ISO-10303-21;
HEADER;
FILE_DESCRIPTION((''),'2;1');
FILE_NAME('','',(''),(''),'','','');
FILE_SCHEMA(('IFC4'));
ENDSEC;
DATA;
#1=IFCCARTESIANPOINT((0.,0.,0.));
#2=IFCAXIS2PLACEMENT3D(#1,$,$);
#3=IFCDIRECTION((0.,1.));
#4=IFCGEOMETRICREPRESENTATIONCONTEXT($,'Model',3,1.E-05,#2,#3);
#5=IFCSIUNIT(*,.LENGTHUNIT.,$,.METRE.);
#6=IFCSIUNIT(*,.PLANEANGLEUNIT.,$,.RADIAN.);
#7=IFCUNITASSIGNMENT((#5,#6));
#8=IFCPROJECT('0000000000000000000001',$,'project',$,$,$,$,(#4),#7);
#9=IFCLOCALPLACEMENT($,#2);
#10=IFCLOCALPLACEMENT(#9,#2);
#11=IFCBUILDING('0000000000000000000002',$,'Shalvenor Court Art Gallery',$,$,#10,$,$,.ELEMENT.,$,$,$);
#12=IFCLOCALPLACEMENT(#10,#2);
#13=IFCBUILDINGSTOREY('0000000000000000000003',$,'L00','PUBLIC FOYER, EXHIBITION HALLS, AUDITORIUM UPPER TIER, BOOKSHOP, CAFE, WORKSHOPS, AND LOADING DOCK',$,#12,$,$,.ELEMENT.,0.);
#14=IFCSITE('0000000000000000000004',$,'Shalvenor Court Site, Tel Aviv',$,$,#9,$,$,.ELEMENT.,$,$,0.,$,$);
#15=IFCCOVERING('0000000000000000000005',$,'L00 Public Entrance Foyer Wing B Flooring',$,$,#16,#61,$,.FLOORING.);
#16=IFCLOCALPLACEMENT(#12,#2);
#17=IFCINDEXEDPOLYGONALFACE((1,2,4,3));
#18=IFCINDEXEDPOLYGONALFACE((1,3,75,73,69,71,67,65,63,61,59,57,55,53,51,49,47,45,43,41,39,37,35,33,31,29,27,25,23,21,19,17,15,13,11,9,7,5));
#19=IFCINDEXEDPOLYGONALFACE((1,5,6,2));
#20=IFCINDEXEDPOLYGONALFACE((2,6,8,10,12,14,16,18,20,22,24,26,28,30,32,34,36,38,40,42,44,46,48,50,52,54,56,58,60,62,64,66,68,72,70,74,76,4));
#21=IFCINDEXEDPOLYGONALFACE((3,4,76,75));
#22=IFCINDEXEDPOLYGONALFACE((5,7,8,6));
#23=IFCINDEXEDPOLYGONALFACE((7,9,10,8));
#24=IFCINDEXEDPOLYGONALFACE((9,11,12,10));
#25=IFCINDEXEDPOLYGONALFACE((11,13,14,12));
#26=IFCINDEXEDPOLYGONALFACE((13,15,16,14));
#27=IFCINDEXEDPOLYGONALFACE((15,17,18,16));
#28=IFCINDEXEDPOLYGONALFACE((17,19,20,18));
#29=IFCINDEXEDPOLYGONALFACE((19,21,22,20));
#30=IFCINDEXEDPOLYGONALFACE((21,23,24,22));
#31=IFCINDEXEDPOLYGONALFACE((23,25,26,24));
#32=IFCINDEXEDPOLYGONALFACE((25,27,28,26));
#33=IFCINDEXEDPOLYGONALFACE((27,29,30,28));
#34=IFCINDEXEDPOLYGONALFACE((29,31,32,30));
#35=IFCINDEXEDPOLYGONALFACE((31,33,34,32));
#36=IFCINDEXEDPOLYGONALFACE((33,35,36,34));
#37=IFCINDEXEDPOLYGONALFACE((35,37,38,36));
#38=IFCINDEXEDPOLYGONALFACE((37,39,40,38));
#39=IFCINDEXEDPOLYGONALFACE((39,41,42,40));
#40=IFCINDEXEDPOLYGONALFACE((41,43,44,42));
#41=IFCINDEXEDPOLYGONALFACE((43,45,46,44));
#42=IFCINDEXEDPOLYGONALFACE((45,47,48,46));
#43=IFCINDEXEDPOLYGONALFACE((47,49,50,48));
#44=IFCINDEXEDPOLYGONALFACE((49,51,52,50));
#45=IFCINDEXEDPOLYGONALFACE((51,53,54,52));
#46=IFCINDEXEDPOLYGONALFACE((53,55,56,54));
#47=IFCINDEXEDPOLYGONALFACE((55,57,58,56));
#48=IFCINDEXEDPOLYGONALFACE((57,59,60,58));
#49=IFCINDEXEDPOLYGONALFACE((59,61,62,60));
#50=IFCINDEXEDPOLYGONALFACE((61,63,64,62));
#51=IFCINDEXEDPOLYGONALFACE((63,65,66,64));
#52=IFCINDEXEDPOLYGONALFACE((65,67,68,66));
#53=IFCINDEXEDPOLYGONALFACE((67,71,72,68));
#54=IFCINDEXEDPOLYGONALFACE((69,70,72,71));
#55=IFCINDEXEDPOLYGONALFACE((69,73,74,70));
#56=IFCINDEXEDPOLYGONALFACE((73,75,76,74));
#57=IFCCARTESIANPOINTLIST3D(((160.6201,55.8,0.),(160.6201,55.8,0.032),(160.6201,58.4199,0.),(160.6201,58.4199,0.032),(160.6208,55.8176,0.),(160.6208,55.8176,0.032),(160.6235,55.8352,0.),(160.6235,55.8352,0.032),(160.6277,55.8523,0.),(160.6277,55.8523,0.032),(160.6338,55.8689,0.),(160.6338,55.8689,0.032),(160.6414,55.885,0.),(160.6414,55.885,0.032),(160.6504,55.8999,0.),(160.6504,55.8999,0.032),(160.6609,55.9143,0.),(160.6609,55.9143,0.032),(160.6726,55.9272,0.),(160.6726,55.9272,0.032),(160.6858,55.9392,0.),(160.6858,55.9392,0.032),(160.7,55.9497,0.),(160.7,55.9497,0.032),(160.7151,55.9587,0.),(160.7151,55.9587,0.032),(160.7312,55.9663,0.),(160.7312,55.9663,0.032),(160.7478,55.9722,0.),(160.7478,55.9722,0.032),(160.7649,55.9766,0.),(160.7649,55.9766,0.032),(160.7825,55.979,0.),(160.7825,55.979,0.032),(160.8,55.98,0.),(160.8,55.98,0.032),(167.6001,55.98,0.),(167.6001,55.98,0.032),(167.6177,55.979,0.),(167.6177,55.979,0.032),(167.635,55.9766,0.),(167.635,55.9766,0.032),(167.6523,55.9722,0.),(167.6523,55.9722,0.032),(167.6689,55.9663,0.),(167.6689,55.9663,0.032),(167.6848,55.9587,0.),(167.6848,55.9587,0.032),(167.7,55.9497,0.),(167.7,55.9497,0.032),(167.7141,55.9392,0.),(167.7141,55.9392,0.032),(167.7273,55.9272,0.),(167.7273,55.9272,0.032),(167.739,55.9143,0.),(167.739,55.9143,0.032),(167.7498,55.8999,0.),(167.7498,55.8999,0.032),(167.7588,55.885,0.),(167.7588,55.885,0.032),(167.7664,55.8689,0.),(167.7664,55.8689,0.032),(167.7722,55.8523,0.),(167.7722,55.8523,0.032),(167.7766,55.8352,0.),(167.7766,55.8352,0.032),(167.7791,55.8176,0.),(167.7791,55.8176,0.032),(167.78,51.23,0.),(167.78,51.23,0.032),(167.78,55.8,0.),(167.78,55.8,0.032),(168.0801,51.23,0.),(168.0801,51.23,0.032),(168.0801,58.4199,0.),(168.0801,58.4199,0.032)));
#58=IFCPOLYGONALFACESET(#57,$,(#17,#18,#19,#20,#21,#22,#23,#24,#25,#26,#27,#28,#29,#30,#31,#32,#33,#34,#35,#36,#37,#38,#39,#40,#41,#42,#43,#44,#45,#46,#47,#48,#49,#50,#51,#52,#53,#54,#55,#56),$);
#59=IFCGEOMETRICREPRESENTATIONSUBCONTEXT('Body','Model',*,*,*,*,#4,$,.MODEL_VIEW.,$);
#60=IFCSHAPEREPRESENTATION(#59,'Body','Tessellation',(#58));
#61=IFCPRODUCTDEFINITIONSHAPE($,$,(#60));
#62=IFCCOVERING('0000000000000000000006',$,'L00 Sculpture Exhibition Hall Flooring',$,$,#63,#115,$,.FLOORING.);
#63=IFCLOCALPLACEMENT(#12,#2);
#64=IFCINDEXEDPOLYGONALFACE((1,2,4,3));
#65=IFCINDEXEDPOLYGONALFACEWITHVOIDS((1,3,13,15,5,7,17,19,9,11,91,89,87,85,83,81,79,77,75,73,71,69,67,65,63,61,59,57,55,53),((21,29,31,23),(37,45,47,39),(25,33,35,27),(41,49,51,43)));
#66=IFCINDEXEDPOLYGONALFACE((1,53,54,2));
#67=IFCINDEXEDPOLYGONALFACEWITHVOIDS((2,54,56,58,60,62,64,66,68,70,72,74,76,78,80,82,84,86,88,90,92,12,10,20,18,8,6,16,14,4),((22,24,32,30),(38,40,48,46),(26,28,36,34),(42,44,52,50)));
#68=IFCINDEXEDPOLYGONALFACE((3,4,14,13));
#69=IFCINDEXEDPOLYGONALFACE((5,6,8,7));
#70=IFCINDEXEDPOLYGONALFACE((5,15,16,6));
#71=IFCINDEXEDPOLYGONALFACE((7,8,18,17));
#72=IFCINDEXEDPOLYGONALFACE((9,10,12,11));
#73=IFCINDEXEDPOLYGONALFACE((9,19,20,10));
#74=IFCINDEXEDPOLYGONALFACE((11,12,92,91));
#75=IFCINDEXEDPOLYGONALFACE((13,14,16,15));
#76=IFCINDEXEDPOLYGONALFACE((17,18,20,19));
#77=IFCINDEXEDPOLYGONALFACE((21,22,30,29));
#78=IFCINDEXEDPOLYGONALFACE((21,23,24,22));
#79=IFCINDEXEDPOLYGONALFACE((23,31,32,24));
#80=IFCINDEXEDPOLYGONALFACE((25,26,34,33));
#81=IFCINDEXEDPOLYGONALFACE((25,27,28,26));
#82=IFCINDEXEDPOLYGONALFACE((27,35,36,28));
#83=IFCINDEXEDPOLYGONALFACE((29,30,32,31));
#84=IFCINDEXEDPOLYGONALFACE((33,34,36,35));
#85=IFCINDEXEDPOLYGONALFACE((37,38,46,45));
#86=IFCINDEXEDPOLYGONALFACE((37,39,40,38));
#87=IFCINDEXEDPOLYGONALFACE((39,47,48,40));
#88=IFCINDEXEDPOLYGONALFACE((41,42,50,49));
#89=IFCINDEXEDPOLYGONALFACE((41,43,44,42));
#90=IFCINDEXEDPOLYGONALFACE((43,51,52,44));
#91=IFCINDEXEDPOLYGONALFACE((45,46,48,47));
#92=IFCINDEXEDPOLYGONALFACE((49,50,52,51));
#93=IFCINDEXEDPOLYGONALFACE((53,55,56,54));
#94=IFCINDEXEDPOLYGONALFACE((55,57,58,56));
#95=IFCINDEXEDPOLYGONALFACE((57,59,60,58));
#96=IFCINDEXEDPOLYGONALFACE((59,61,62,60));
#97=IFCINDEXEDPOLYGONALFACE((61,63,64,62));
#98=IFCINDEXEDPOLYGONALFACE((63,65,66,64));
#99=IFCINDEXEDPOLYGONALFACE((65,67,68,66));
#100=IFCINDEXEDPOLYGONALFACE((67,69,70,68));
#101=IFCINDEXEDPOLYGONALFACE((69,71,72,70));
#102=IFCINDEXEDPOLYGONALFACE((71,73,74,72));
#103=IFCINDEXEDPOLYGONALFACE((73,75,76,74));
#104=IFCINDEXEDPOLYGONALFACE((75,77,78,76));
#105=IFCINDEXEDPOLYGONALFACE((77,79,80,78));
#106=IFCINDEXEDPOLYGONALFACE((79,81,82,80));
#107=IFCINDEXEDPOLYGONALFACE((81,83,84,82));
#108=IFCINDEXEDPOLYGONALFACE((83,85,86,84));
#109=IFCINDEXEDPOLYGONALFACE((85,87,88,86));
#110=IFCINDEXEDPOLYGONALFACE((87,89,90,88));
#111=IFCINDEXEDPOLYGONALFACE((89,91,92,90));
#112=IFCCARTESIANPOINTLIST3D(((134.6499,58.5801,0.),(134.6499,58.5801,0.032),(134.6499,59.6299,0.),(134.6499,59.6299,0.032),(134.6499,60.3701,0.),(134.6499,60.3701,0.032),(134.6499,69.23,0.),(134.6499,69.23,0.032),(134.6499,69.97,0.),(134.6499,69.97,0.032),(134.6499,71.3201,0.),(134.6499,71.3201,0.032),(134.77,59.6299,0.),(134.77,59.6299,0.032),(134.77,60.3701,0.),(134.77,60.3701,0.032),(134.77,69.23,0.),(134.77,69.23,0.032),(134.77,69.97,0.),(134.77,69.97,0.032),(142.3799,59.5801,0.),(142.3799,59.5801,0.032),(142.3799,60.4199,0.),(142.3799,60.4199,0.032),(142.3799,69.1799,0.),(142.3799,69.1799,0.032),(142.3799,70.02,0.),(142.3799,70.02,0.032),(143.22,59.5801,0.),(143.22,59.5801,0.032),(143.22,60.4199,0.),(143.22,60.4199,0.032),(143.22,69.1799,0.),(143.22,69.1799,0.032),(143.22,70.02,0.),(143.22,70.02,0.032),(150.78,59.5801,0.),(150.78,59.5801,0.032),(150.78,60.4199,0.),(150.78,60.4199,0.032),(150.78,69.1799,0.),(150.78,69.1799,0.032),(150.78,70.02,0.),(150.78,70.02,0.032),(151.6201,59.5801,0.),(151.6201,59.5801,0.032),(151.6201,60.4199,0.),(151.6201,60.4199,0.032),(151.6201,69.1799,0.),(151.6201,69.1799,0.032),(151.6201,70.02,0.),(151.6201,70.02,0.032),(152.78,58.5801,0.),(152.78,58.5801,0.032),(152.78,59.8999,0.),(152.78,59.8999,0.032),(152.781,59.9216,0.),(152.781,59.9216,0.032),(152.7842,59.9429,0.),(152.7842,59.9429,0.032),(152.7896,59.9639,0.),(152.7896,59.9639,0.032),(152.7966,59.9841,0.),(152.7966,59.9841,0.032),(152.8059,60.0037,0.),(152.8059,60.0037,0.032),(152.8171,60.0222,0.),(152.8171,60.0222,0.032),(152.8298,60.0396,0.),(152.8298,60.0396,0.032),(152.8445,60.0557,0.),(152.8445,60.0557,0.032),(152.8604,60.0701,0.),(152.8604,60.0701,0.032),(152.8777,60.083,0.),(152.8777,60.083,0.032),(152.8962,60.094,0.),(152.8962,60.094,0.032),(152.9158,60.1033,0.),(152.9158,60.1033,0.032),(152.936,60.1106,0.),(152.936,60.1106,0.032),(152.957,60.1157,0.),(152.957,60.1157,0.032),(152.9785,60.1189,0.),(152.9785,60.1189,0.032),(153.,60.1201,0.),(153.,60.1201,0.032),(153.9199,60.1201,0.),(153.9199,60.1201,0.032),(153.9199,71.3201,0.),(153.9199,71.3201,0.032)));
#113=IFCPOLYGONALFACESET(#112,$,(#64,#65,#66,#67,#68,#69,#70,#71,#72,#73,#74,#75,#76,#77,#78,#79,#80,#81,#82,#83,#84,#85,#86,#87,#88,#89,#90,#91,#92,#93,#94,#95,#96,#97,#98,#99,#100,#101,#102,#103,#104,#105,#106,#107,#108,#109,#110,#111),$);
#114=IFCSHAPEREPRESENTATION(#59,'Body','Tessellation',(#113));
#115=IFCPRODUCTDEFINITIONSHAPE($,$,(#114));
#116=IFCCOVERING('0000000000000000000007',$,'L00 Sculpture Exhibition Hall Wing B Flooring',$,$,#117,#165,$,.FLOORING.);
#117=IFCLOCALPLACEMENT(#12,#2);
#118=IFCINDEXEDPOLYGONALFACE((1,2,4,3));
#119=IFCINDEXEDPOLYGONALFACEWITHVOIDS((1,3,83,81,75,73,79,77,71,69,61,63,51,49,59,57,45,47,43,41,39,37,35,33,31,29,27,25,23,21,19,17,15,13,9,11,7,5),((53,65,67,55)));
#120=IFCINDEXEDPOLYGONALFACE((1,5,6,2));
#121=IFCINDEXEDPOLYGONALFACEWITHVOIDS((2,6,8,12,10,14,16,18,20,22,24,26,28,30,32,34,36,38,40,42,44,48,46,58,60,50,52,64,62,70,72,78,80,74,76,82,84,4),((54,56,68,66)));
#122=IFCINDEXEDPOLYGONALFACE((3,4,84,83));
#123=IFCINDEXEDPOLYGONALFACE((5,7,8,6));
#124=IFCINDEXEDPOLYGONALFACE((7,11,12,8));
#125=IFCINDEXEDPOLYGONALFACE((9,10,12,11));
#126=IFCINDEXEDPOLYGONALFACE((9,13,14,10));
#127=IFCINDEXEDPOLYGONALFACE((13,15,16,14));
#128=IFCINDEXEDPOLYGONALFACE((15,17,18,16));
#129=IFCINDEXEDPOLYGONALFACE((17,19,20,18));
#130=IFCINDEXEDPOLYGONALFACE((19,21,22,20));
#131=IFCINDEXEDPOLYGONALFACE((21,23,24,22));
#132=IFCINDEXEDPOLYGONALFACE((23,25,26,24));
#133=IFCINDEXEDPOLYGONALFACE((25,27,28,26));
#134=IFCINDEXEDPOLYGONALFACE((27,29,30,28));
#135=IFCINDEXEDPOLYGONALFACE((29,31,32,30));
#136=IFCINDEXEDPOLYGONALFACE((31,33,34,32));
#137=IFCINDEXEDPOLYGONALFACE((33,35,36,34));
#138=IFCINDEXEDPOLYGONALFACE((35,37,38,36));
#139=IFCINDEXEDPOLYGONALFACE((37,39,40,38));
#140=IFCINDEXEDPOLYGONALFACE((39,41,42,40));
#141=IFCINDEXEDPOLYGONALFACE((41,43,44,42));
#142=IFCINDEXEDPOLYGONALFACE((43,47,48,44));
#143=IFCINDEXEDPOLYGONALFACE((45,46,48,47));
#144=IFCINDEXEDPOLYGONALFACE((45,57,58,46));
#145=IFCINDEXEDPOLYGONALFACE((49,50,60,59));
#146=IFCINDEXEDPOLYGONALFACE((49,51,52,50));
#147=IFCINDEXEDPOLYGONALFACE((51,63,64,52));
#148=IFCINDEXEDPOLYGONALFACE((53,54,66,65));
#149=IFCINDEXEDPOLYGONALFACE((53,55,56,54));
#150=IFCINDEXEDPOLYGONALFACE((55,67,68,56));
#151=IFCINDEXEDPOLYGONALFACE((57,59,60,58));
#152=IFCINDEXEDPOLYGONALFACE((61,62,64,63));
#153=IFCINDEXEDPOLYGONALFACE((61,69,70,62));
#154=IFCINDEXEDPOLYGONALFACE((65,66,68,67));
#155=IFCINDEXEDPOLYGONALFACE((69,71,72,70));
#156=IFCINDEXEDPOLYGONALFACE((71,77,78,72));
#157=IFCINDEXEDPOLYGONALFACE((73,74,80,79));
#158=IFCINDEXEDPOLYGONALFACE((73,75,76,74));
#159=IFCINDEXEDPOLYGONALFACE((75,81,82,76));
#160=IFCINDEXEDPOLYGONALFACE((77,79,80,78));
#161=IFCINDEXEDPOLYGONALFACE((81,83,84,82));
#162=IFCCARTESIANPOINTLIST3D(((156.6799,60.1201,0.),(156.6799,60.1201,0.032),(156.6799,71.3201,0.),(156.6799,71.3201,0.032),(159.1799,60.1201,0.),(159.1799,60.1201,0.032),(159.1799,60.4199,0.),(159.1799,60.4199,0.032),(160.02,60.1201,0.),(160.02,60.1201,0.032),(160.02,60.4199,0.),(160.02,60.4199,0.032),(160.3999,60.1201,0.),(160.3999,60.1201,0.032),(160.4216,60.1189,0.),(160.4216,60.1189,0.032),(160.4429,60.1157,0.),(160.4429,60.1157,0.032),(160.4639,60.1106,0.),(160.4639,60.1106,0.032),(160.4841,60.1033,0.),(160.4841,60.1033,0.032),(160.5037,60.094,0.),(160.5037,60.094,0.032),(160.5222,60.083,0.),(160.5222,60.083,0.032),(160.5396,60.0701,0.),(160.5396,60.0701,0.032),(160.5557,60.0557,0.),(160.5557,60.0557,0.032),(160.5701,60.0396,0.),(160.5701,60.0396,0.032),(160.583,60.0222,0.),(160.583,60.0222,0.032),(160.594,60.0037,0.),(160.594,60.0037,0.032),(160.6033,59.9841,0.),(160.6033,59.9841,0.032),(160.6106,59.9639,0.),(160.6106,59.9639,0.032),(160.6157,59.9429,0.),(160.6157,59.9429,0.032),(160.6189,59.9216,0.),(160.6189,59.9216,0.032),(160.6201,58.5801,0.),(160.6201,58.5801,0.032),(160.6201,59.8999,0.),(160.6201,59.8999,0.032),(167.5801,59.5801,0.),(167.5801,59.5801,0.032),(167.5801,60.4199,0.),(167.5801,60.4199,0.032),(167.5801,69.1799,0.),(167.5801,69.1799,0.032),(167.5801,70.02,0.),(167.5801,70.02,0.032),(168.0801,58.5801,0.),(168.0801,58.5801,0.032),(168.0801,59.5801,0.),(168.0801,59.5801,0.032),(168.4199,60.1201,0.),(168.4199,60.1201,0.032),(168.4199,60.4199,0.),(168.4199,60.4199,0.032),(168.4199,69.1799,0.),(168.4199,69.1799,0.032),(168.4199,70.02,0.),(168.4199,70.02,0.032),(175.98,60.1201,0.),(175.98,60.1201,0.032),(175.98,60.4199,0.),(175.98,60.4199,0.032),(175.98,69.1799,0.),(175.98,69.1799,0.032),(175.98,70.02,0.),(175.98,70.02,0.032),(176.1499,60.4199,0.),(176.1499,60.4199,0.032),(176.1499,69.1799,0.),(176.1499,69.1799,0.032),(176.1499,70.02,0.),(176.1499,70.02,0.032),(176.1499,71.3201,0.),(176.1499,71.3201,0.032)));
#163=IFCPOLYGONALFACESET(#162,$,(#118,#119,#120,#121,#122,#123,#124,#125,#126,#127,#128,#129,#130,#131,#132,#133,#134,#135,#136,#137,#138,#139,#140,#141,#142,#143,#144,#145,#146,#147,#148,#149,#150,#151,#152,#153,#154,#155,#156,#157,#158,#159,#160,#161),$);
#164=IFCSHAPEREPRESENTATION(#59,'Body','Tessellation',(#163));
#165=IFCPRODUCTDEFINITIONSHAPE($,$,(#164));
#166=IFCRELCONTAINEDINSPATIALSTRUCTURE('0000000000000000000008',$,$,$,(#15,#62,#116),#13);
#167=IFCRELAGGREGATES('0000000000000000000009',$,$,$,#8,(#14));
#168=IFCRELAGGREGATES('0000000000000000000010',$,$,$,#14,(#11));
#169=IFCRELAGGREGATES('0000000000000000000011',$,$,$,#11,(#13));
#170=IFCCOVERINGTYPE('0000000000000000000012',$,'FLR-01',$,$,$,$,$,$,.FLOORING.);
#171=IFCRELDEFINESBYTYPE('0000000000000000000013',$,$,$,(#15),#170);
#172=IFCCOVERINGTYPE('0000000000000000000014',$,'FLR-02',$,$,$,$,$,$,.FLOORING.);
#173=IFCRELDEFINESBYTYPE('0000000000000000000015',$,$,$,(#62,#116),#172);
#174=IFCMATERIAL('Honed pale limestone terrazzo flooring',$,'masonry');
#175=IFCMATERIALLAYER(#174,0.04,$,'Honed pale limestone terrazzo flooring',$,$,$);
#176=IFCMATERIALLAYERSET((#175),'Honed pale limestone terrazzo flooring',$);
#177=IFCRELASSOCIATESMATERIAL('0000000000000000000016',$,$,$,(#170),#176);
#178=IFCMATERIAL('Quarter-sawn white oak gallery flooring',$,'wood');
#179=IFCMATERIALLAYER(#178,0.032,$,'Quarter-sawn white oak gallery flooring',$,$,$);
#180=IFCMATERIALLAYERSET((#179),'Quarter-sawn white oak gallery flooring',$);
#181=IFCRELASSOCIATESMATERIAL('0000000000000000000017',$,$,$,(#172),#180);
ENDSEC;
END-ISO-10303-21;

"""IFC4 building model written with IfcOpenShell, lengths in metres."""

from ifc_helpers import new_model, si_unit, direction, origin, place, context, subcontext, project, spatial, polyline, outline, extrude, material, layer, layer_set, type_object, element, save


model = new_model("IFC4")

# Units and contexts
model_context = context("Model", 3, precision=1e-05, world=origin(), true_north=direction((0.0, 1.0)))
body_context = subcontext(model_context, "Body", "Model", "MODEL_VIEW")
ifc_project = project(units=[si_unit("LENGTHUNIT", "METRE"), si_unit("PLANEANGLEUNIT", "RADIAN")], contexts=[model_context])

# Site, building, storey
site_placement = place(None, origin())
site = spatial("IfcSite", under=ifc_project, at=site_placement, Name="Shalvenor Court Site, Tel Aviv", CompositionType="ELEMENT", RefElevation=0.0)
building_placement = place(site_placement, origin())
building = spatial("IfcBuilding", under=site, at=building_placement, Name="Shalvenor Court Art Gallery", CompositionType="ELEMENT")
storey_placement = place(building_placement, origin())
storey = spatial("IfcBuildingStorey", under=building, at=storey_placement, Name="L00", Description="PUBLIC FOYER, EXHIBITION HALLS, AUDITORIUM UPPER TIER, BOOKSHOP, CAFE, WORKSHOPS, AND LOADING DOCK", CompositionType="ELEMENT", Elevation=0.0)

# Coverings
ifc_material_1 = material(Name="Honed pale limestone terrazzo flooring", Category="masonry")
ifc_layer_1 = layer(ifc_material_1, 0.04, Name="Honed pale limestone terrazzo flooring")
ifc_layer_set_1 = layer_set([ifc_layer_1], Name="Honed pale limestone terrazzo flooring")
covering_type_1 = type_object("IfcCoveringType", Name="FLR-01", PredefinedType="FLOORING", material=ifc_layer_set_1)
covering_1_placement = place(storey_placement, origin())
element("IfcCovering", 1, at=covering_1_placement, inside=storey, type_object=covering_type_1, Name="L00 Public Entrance Foyer Wing B Flooring", PredefinedType="FLOORING", context=body_context, shape_type="SweptSolid", body=[
    extrude(outline(polyline([(167.78, 51.23), (167.78, 55.8), (167.7791, 55.8176), (167.7766, 55.8352), (167.7722, 55.8523), (167.7664, 55.8689), (167.7588, 55.885), (167.7498, 55.8999), (167.739, 55.9143), (167.7273, 55.9272), (167.7141, 55.9392), (167.7, 55.9497), (167.6848, 55.9587), (167.6689, 55.9663), (167.6523, 55.9722), (167.635, 55.9766), (167.6177, 55.979), (167.6001, 55.98), (160.8, 55.98), (160.7825, 55.979), (160.7649, 55.9766), (160.7478, 55.9722), (160.7312, 55.9663), (160.7151, 55.9587), (160.7, 55.9497), (160.6858, 55.9392), (160.6726, 55.9272), (160.6609, 55.9143), (160.6504, 55.8999), (160.6414, 55.885), (160.6338, 55.8689), (160.6277, 55.8523), (160.6235, 55.8352), (160.6208, 55.8176), (160.6201, 55.8), (160.6201, 58.4199), (168.0801, 58.4199), (168.0801, 51.23), (167.78, 51.23)])), origin(), (0.0, 0.0, 1.0), 0.032),
])
ifc_material_2 = material(Name="Quarter-sawn white oak gallery flooring", Category="wood")
ifc_layer_2 = layer(ifc_material_2, 0.032, Name="Quarter-sawn white oak gallery flooring")
ifc_layer_set_2 = layer_set([ifc_layer_2], Name="Quarter-sawn white oak gallery flooring")
covering_type_2 = type_object("IfcCoveringType", Name="FLR-02", PredefinedType="FLOORING", material=ifc_layer_set_2)
covering_2_placement = place(storey_placement, origin())
element("IfcCovering", 2, at=covering_2_placement, inside=storey, type_object=covering_type_2, Name="L00 Sculpture Exhibition Hall Flooring", PredefinedType="FLOORING", context=body_context, shape_type="SweptSolid", body=[
    extrude(outline(polyline([(153.9199, 71.3201), (153.9199, 60.1201), (153.0, 60.1201), (152.9785, 60.1189), (152.957, 60.1157), (152.936, 60.1106), (152.9158, 60.1033), (152.8962, 60.094), (152.8777, 60.083), (152.8604, 60.0701), (152.8445, 60.0557), (152.8298, 60.0396), (152.8171, 60.0222), (152.8059, 60.0037), (152.7966, 59.9841), (152.7896, 59.9639), (152.7842, 59.9429), (152.781, 59.9216), (152.78, 59.8999), (152.78, 58.5801), (134.6499, 58.5801), (134.6499, 59.6299), (134.77, 59.6299), (134.77, 60.3701), (134.6499, 60.3701), (134.6499, 69.23), (134.77, 69.23), (134.77, 69.97), (134.6499, 69.97), (134.6499, 71.3201), (153.9199, 71.3201)]), holes=[polyline([(150.78, 60.4199), (150.78, 59.5801), (151.6201, 59.5801), (151.6201, 60.4199), (150.78, 60.4199)]), polyline([(142.3799, 60.4199), (142.3799, 59.5801), (143.22, 59.5801), (143.22, 60.4199), (142.3799, 60.4199)]), polyline([(150.78, 70.02), (150.78, 69.1799), (151.6201, 69.1799), (151.6201, 70.02), (150.78, 70.02)]), polyline([(143.22, 70.02), (142.3799, 70.02), (142.3799, 69.1799), (143.22, 69.1799), (143.22, 70.02)])]), origin(), (0.0, 0.0, 1.0), 0.032),
])
covering_3_placement = place(storey_placement, origin())
element("IfcCovering", 3, at=covering_3_placement, inside=storey, type_object=covering_type_2, Name="L00 Sculpture Exhibition Hall Wing B Flooring", PredefinedType="FLOORING", context=body_context, shape_type="SweptSolid", body=[
    extrude(outline(polyline([(168.4199, 60.1201), (168.4199, 60.4199), (167.5801, 60.4199), (167.5801, 59.5801), (168.0801, 59.5801), (168.0801, 58.5801), (160.6201, 58.5801), (160.6201, 59.8999), (160.6189, 59.9216), (160.6157, 59.9429), (160.6106, 59.9639), (160.6033, 59.9841), (160.594, 60.0037), (160.583, 60.0222), (160.5701, 60.0396), (160.5557, 60.0557), (160.5396, 60.0701), (160.5222, 60.083), (160.5037, 60.094), (160.4841, 60.1033), (160.4639, 60.1106), (160.4429, 60.1157), (160.4216, 60.1189), (160.3999, 60.1201), (160.02, 60.1201), (160.02, 60.4199), (159.1799, 60.4199), (159.1799, 60.1201), (156.6799, 60.1201), (156.6799, 71.3201), (176.1499, 71.3201), (176.1499, 70.02), (175.98, 70.02), (175.98, 69.1799), (176.1499, 69.1799), (176.1499, 60.4199), (175.98, 60.4199), (175.98, 60.1201), (168.4199, 60.1201)]), holes=[polyline([(167.5801, 70.02), (167.5801, 69.1799), (168.4199, 69.1799), (168.4199, 70.02), (167.5801, 70.02)])]), origin(), (0.0, 0.0, 1.0), 0.032),
])

save(model, "model.ifc")
